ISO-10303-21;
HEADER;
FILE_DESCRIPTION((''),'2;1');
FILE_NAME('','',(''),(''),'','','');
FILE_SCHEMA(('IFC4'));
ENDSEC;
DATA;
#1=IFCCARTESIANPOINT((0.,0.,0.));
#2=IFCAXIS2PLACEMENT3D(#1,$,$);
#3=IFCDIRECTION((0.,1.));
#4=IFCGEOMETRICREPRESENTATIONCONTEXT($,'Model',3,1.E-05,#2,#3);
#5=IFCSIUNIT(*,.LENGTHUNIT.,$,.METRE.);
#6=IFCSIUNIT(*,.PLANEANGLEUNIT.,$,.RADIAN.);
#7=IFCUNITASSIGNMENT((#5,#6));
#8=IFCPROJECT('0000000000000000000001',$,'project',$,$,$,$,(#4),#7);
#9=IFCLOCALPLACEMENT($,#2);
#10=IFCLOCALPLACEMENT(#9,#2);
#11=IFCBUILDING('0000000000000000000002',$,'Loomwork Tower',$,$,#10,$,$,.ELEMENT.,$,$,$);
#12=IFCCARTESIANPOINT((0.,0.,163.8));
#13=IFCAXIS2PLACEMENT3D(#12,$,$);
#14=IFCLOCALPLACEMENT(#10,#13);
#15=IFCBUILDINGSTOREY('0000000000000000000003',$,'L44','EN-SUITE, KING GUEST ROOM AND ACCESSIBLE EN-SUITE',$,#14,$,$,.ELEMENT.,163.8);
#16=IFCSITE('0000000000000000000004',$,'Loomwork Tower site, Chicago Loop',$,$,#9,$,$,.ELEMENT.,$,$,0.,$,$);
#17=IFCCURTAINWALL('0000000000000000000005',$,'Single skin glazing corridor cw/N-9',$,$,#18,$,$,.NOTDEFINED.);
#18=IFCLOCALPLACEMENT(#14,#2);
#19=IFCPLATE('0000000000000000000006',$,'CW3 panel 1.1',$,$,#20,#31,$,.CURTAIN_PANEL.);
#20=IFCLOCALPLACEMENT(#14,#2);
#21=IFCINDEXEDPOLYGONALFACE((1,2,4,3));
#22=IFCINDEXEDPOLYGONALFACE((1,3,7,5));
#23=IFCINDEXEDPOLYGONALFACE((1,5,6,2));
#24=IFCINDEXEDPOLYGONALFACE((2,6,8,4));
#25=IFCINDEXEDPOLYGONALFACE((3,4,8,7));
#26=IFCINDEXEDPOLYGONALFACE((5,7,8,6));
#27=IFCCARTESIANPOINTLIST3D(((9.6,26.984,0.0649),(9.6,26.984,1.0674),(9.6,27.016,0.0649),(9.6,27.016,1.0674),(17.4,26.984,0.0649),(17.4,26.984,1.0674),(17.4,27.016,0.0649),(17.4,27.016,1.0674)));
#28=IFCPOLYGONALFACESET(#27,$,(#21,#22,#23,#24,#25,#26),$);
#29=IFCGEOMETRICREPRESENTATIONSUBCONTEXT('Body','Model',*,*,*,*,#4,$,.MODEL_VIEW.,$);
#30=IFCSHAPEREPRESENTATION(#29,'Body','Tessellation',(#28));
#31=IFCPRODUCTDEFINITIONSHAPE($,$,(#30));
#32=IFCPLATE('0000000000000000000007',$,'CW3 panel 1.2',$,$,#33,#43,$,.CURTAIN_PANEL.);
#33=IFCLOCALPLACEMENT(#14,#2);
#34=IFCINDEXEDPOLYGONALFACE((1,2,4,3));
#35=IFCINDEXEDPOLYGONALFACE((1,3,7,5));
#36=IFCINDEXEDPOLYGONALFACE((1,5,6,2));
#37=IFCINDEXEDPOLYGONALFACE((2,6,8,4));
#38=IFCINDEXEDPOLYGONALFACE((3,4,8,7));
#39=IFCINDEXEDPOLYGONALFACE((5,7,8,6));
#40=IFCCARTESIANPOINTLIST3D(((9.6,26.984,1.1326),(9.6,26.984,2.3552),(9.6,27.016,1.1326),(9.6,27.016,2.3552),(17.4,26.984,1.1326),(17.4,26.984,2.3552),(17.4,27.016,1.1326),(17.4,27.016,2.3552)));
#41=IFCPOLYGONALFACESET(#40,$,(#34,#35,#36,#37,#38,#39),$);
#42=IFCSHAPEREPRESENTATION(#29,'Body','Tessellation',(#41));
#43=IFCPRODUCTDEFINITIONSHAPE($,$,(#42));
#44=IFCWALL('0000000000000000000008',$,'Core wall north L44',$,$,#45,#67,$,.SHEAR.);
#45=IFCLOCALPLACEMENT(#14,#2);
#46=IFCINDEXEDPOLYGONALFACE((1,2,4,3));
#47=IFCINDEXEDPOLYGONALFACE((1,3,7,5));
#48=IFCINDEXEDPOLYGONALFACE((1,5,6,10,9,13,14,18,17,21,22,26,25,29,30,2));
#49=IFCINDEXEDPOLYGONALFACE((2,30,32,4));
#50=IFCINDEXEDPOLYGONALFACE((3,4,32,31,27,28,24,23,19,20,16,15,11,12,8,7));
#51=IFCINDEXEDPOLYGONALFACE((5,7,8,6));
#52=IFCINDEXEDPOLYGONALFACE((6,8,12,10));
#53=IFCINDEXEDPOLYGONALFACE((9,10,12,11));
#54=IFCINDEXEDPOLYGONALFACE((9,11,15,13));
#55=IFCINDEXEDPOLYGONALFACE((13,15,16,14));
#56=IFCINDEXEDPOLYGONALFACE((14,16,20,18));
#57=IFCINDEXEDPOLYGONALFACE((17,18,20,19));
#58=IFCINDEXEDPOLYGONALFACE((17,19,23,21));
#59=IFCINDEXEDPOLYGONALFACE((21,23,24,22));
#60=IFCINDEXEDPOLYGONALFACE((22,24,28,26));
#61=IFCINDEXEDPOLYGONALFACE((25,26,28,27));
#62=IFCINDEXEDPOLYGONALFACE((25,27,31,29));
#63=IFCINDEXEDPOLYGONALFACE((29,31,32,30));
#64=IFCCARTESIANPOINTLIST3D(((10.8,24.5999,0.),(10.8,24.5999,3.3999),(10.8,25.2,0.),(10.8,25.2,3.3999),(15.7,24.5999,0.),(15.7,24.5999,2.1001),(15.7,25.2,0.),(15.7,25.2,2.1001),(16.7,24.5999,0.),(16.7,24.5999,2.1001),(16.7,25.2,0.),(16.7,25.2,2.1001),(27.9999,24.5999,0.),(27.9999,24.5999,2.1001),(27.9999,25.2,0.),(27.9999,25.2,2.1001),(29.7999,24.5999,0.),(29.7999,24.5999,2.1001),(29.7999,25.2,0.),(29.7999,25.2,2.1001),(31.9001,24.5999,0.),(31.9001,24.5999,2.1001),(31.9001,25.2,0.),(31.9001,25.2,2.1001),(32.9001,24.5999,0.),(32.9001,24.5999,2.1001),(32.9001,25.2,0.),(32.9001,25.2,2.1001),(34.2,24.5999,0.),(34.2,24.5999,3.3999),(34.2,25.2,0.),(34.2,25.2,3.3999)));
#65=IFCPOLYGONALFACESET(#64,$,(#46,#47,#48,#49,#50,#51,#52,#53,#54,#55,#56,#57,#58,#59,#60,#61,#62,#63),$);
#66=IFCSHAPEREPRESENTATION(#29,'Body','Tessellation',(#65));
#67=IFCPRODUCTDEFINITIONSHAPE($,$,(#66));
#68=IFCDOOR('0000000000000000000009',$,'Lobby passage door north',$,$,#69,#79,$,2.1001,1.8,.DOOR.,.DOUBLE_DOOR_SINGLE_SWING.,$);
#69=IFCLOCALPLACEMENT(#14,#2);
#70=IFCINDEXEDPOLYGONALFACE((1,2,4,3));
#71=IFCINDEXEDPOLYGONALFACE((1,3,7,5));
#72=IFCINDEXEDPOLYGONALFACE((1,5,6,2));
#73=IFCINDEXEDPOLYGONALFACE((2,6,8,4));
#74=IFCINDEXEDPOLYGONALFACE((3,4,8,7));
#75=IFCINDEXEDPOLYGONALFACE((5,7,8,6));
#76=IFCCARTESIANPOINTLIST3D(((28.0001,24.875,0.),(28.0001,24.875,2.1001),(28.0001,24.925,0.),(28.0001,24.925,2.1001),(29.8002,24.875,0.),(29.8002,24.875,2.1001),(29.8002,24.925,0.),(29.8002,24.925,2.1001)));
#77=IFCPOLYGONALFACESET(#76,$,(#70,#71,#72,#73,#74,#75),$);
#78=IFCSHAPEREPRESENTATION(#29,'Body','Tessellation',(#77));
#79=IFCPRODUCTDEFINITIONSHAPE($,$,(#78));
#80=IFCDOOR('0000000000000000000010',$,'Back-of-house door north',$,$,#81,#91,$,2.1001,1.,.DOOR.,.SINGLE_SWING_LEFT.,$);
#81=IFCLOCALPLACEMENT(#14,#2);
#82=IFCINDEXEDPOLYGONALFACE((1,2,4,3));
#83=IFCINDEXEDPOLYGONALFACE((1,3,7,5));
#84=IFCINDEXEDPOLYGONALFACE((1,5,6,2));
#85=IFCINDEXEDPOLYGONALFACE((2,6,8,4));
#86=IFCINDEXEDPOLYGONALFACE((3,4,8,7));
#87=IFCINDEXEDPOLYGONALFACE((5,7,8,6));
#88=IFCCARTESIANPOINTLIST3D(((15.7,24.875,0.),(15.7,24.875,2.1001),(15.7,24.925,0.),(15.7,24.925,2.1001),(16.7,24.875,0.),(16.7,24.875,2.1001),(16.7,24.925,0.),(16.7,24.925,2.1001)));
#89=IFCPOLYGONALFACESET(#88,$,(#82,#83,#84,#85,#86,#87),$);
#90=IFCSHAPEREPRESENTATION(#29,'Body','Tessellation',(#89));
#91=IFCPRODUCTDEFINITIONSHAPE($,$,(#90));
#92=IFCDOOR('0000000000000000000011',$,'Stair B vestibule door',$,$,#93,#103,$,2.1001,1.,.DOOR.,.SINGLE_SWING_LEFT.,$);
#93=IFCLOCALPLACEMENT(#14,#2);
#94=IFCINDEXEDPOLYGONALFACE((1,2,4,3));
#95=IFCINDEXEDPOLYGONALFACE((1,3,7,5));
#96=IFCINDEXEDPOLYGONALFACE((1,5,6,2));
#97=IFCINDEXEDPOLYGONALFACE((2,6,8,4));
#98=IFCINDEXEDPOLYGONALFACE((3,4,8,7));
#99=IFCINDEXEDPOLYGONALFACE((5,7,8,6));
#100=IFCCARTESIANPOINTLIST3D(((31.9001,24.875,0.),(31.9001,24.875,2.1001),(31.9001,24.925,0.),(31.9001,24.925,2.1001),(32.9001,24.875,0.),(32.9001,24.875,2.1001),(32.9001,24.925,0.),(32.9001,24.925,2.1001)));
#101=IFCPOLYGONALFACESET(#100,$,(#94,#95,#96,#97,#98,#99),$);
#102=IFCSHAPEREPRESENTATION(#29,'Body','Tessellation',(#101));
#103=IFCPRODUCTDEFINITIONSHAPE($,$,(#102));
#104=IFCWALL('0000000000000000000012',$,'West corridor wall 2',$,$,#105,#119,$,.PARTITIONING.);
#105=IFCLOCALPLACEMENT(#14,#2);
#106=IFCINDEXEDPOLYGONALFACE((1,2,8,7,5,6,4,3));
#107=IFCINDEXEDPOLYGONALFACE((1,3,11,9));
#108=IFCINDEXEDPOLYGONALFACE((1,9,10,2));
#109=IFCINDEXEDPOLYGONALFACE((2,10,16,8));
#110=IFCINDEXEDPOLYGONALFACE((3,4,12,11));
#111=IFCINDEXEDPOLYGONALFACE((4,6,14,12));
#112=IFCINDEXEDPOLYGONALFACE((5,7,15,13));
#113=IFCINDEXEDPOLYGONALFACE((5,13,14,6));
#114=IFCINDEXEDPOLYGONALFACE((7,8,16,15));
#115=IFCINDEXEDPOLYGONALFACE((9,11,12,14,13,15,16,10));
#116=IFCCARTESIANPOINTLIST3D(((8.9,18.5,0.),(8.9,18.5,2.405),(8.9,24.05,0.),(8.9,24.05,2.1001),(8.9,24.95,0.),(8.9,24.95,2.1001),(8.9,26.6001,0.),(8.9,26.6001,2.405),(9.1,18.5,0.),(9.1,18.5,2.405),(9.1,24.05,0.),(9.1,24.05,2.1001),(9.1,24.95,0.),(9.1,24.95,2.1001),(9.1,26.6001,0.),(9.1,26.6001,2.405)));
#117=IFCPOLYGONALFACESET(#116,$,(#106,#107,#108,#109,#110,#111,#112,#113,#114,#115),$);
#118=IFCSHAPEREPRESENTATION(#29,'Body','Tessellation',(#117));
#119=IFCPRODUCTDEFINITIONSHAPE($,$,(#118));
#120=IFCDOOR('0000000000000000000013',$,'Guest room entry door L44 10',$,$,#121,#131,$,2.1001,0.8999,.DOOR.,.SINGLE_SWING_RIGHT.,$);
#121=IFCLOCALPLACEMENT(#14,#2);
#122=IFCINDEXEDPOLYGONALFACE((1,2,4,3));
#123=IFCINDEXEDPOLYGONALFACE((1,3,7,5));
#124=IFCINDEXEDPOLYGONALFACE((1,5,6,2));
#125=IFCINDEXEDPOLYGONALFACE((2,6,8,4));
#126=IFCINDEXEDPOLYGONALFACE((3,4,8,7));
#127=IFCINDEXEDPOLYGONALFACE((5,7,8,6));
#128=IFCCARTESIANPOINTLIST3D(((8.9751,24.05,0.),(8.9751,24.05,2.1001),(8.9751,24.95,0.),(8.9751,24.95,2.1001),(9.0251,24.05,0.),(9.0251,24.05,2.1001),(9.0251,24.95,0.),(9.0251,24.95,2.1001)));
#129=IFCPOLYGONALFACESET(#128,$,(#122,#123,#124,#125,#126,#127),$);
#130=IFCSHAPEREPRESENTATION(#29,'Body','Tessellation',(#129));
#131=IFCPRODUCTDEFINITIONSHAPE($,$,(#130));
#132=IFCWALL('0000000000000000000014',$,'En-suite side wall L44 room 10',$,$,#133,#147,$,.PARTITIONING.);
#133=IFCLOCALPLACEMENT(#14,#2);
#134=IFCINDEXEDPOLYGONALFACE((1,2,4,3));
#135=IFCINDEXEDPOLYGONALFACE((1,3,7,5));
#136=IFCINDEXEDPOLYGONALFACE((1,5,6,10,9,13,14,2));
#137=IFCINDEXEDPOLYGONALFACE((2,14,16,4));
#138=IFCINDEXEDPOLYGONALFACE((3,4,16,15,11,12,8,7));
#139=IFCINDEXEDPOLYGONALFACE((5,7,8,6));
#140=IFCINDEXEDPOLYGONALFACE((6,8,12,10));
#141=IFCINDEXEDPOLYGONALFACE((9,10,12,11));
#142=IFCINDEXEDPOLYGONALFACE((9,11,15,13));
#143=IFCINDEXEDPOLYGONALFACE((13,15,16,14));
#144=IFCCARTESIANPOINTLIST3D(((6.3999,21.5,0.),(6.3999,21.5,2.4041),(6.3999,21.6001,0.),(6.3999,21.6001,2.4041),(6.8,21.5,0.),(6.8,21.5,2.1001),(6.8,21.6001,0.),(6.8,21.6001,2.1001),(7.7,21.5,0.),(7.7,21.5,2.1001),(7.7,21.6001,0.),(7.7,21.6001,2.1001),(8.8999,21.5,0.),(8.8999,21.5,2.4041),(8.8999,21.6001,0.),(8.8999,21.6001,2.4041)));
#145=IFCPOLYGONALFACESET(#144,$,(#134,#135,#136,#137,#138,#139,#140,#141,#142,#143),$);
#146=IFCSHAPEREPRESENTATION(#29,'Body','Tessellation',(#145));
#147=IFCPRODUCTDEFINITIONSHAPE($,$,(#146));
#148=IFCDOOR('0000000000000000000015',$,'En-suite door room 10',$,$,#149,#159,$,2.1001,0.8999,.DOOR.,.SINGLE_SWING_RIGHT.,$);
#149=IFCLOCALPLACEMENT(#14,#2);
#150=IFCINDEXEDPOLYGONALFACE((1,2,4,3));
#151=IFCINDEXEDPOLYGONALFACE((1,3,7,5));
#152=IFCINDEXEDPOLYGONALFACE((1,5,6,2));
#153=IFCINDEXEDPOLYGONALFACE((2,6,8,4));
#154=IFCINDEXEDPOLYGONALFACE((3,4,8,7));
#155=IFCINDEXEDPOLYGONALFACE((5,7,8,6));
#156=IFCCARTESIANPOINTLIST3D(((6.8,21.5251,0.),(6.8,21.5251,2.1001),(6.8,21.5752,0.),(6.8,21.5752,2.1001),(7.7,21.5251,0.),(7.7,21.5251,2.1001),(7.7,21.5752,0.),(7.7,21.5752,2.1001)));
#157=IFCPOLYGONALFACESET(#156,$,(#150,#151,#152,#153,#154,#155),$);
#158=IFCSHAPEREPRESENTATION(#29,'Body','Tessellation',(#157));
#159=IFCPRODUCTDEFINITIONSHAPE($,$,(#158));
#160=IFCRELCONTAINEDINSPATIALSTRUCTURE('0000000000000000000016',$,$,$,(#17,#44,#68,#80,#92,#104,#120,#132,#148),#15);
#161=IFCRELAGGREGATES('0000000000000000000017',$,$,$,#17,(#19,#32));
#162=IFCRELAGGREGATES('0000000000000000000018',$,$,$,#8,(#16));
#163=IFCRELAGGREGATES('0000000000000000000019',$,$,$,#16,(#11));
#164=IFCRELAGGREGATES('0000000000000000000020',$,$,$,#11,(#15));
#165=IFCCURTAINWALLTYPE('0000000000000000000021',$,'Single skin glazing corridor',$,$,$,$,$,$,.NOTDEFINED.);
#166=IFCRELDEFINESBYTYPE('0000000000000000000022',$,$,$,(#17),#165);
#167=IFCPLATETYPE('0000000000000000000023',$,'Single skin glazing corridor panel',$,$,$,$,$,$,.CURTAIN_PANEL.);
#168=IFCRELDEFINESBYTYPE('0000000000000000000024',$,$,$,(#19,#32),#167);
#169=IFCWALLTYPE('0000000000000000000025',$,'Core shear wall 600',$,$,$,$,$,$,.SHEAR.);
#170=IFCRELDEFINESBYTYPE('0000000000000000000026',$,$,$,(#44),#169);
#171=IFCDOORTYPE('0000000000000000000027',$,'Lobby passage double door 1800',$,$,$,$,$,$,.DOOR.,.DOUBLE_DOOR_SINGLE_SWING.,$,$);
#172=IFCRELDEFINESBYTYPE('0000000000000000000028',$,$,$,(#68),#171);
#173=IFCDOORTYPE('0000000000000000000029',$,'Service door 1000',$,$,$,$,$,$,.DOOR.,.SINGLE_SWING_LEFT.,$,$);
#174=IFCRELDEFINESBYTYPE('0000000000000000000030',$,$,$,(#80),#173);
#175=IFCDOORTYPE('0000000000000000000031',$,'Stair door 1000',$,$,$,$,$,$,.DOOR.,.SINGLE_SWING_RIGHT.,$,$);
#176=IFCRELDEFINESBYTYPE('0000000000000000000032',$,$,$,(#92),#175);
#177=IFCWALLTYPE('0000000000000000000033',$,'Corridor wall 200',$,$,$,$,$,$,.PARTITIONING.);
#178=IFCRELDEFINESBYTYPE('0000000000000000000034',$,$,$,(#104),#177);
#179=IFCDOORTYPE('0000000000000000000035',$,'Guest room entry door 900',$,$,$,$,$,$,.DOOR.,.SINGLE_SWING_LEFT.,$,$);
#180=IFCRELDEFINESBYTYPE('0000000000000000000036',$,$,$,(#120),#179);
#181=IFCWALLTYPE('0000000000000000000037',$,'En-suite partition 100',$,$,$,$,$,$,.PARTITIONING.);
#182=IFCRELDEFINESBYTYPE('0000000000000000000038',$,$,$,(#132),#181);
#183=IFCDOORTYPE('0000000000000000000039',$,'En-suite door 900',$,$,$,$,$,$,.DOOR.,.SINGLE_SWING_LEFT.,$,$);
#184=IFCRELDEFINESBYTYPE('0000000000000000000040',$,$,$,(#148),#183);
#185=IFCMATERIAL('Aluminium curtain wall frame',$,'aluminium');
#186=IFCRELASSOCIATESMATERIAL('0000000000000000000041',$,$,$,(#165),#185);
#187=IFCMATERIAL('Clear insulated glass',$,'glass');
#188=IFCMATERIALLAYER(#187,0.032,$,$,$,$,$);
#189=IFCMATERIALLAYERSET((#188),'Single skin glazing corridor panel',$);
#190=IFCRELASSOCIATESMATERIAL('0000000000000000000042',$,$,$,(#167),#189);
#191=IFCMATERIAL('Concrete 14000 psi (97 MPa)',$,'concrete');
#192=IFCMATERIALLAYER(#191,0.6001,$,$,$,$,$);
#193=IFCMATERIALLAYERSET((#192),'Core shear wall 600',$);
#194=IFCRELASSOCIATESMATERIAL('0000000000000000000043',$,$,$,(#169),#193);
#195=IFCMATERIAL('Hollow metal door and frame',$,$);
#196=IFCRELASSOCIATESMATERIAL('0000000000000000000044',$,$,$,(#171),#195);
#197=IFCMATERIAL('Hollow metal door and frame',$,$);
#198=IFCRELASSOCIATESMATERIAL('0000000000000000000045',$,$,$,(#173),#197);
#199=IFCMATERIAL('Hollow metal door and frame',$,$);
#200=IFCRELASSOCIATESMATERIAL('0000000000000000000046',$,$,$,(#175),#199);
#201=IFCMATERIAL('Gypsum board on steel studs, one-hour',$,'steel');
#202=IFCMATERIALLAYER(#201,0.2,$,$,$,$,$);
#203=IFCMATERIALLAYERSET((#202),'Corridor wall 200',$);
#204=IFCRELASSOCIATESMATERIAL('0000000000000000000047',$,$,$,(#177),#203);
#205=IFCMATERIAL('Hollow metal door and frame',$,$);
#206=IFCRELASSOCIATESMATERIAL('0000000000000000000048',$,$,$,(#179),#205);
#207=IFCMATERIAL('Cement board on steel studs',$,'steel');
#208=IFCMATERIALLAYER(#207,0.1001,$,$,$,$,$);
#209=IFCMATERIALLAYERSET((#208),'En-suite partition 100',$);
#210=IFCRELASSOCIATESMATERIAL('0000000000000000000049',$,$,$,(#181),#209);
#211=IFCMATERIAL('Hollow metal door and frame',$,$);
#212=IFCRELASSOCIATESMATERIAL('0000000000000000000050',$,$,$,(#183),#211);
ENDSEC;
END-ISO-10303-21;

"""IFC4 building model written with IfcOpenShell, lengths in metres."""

from ifc_helpers import new_model, si_unit, direction, frame, frame_2d, origin, origin_2d, place, context, subcontext, project, spatial, rectangle, extrude, material, layer, layer_set, type_object, element, fill, aggregate, save


model = new_model("IFC4")

# Units and contexts
model_context = context("Model", 3, precision=1e-05, world=origin(), true_north=direction((0.0, 1.0)))
body_context = subcontext(model_context, "Body", "Model", "MODEL_VIEW")
ifc_project = project(units=[si_unit("LENGTHUNIT", "METRE"), si_unit("PLANEANGLEUNIT", "RADIAN")], contexts=[model_context])

# Site, building, storey
site_placement = place(None, origin())
site = spatial("IfcSite", under=ifc_project, at=site_placement, Name="Loomwork Tower site, Chicago Loop", CompositionType="ELEMENT", RefElevation=0.0)
building_placement = place(site_placement, origin())
building = spatial("IfcBuilding", under=site, at=building_placement, Name="Loomwork Tower", CompositionType="ELEMENT")
storey_placement = place(building_placement, frame((0.0, 0.0, 163.8)))
storey = spatial("IfcBuildingStorey", under=building, at=storey_placement, Name="L44", Description="EN-SUITE, KING GUEST ROOM AND ACCESSIBLE EN-SUITE", CompositionType="ELEMENT", Elevation=163.8)

# Shared definitions
ifc_material_1 = material(Name="Aluminium curtain wall frame", Category="aluminium")
curtain_wall_type = type_object("IfcCurtainWallType", Name="Single skin glazing corridor", PredefinedType="NOTDEFINED", material=ifc_material_1)

# Curtain wall, plates
curtain_wall_1_placement = place(storey_placement, origin())
curtain_wall_1 = element("IfcCurtainWall", 1, at=curtain_wall_1_placement, inside=storey, type_object=curtain_wall_type, Name="Single skin glazing corridor cw/N-9", PredefinedType="NOTDEFINED")
ifc_material_2 = material(Name="Clear insulated glass", Category="glass")
ifc_layer_1 = layer(ifc_material_2, 0.032)
ifc_layer_set_1 = layer_set([ifc_layer_1], Name="Single skin glazing corridor panel")
plate_type = type_object("IfcPlateType", Name="Single skin glazing corridor panel", PredefinedType="CURTAIN_PANEL", material=ifc_layer_set_1)
plate_1_placement = place(storey_placement, frame((13.5, 27.0, 0.0649), z_axis=(0.0, 0.0, 1.0), x_axis=(-1.0, 0.0, 0.0)))
plate_1 = element("IfcPlate", 2, at=plate_1_placement, type_object=plate_type, Name="CW3 panel 1.1", PredefinedType="CURTAIN_PANEL", context=body_context, shape_type="SweptSolid", body=[
    extrude(rectangle(XDim=7.8, YDim=0.032, at=origin_2d()), origin(), (0.0, 0.0, 1.0), 1.0024),
])
plate_2_placement = place(storey_placement, frame((13.5, 27.0, 1.1326), z_axis=(0.0, 0.0, 1.0), x_axis=(-1.0, 0.0, 0.0)))
plate_2 = element("IfcPlate", 3, at=plate_2_placement, type_object=plate_type, Name="CW3 panel 1.2", PredefinedType="CURTAIN_PANEL", context=body_context, shape_type="SweptSolid", body=[
    extrude(rectangle(XDim=7.8, YDim=0.032, at=origin_2d()), origin(), (0.0, 0.0, 1.0), 1.2227),
])
aggregate(curtain_wall_1, [plate_1, plate_2])

# Wall, openings, doors
ifc_material_3 = material(Name="Concrete 14000 psi (97 MPa)", Category="concrete")
ifc_layer_2 = layer(ifc_material_3, 0.6001)
ifc_layer_set_2 = layer_set([ifc_layer_2], Name="Core shear wall 600")
wall_type_1 = type_object("IfcWallType", Name="Core shear wall 600", PredefinedType="SHEAR", material=ifc_layer_set_2)
wall_1_placement = place(storey_placement, frame((10.8, 24.8999, 0.0), z_axis=(0.0, 0.0, 1.0), x_axis=(1.0, 0.0, 0.0)))
wall_1 = element("IfcWall", 4, at=wall_1_placement, inside=storey, type_object=wall_type_1, Name="Core wall north L44", PredefinedType="SHEAR", context=body_context, shape_type="SweptSolid", body=[
    extrude(rectangle(XDim=23.3999, YDim=0.6001, at=frame_2d((11.7, 0.0))), origin(), (0.0, 0.0, 1.0), 3.3999),
])
opening_1_placement = place(wall_1_placement, frame((17.2, 0.0, 0.0)))
opening_1 = element("IfcOpeningElement", 5, at=opening_1_placement, cuts=wall_1, PredefinedType="OPENING", context=body_context, shape_type="SweptSolid", body=[
    extrude(rectangle(XDim=1.8, YDim=2.1001, at=frame_2d((0.8999, 1.05))), frame((0.0, 0.3101, 0.0), z_axis=(0.0, -1.0, 0.0), x_axis=(1.0, 0.0, 0.0)), (0.0, 0.0, 1.0), 0.6201),
])
opening_2_placement = place(wall_1_placement, frame((21.1001, 0.0, 0.0)))
opening_2 = element("IfcOpeningElement", 6, at=opening_2_placement, cuts=wall_1, PredefinedType="OPENING", context=body_context, shape_type="SweptSolid", body=[
    extrude(rectangle(XDim=1.0, YDim=2.1001, at=frame_2d((0.5, 1.05))), frame((0.0, 0.3101, 0.0), z_axis=(0.0, -1.0, 0.0), x_axis=(1.0, 0.0, 0.0)), (0.0, 0.0, 1.0), 0.6201),
])
opening_3_placement = place(wall_1_placement, frame((4.8999, 0.0, 0.0)))
opening_3 = element("IfcOpeningElement", 7, at=opening_3_placement, cuts=wall_1, PredefinedType="OPENING", context=body_context, shape_type="SweptSolid", body=[
    extrude(rectangle(XDim=1.0, YDim=2.1001, at=frame_2d((0.5, 1.05))), frame((0.0, 0.3101, 0.0), z_axis=(0.0, -1.0, 0.0), x_axis=(1.0, 0.0, 0.0)), (0.0, 0.0, 1.0), 0.6201),
])
ifc_material_4 = material(Name="Hollow metal door and frame")
door_type_1 = type_object("IfcDoorType", Name="Lobby passage double door 1800", OperationType="DOUBLE_DOOR_SINGLE_SWING", PredefinedType="DOOR", material=ifc_material_4)
door_1_placement = place(opening_1_placement, frame((1.8, 0.0, 0.0), z_axis=(0.0, 0.0, 1.0), x_axis=(-1.0, 0.0, 0.0)))
door_1 = element("IfcDoor", 8, at=door_1_placement, inside=storey, type_object=door_type_1, Name="Lobby passage door north", OperationType="DOUBLE_DOOR_SINGLE_SWING", OverallHeight=2.1001, OverallWidth=1.8, PredefinedType="DOOR", context=body_context, shape_type="SweptSolid", body=[
    extrude(rectangle(XDim=1.8, YDim=2.1001, at=frame_2d((0.8999, 1.05))), frame((0.0, 0.0249, 0.0), z_axis=(0.0, -1.0, 0.0), x_axis=(1.0, 0.0, 0.0)), (0.0, 0.0, 1.0), 0.05),
])
fill(opening_1, door_1)
ifc_material_5 = material(Name="Hollow metal door and frame")
door_type_2 = type_object("IfcDoorType", Name="Service door 1000", OperationType="SINGLE_SWING_LEFT", PredefinedType="DOOR", material=ifc_material_5)
door_2_placement = place(opening_3_placement, frame((1.0, 0.0, 0.0), z_axis=(0.0, 0.0, 1.0), x_axis=(-1.0, 0.0, 0.0)))
door_2 = element("IfcDoor", 9, at=door_2_placement, inside=storey, type_object=door_type_2, Name="Back-of-house door north", OperationType="SINGLE_SWING_LEFT", OverallHeight=2.1001, OverallWidth=1.0, PredefinedType="DOOR", context=body_context, shape_type="SweptSolid", body=[
    extrude(rectangle(XDim=1.0, YDim=2.1001, at=frame_2d((0.5, 1.05))), frame((0.0, 0.0249, 0.0), z_axis=(0.0, -1.0, 0.0), x_axis=(1.0, 0.0, 0.0)), (0.0, 0.0, 1.0), 0.05),
])
fill(opening_3, door_2)
ifc_material_6 = material(Name="Hollow metal door and frame")
door_type_3 = type_object("IfcDoorType", Name="Stair door 1000", OperationType="SINGLE_SWING_RIGHT", PredefinedType="DOOR", material=ifc_material_6)
door_3_placement = place(opening_2_placement, frame((1.0, 0.0, 0.0), z_axis=(0.0, 0.0, 1.0), x_axis=(-1.0, 0.0, 0.0)))
door_3 = element("IfcDoor", 10, at=door_3_placement, inside=storey, type_object=door_type_3, Name="Stair B vestibule door", OperationType="SINGLE_SWING_LEFT", OverallHeight=2.1001, OverallWidth=1.0, PredefinedType="DOOR", context=body_context, shape_type="SweptSolid", body=[
    extrude(rectangle(XDim=1.0, YDim=2.1001, at=frame_2d((0.5, 1.05))), frame((0.0, 0.0249, 0.0), z_axis=(0.0, -1.0, 0.0), x_axis=(1.0, 0.0, 0.0)), (0.0, 0.0, 1.0), 0.05),
])
fill(opening_2, door_3)

# Walls, openings, doors
ifc_material_7 = material(Name="Gypsum board on steel studs, one-hour", Category="steel")
ifc_layer_3 = layer(ifc_material_7, 0.2)
ifc_layer_set_3 = layer_set([ifc_layer_3], Name="Corridor wall 200")
wall_type_2 = type_object("IfcWallType", Name="Corridor wall 200", PredefinedType="PARTITIONING", material=ifc_layer_set_3)
wall_2_placement = place(storey_placement, frame((9.0, 18.5, 0.0), z_axis=(0.0, 0.0, 1.0), x_axis=(0.0, 1.0, 0.0)))
wall_2 = element("IfcWall", 11, at=wall_2_placement, inside=storey, type_object=wall_type_2, Name="West corridor wall 2", PredefinedType="PARTITIONING", context=body_context, shape_type="SweptSolid", body=[
    extrude(rectangle(XDim=8.1001, YDim=0.2, at=frame_2d((4.05, 0.0))), origin(), (0.0, 0.0, 1.0), 2.405),
])
opening_4_placement = place(wall_2_placement, frame((5.55, 0.0, 0.0)))
opening_4 = element("IfcOpeningElement", 12, at=opening_4_placement, cuts=wall_2, PredefinedType="OPENING", context=body_context, shape_type="SweptSolid", body=[
    extrude(rectangle(XDim=0.8999, YDim=2.1001, at=frame_2d((0.45, 1.05))), frame((0.0, 0.1099, 0.0), z_axis=(0.0, -1.0, 0.0), x_axis=(1.0, 0.0, 0.0)), (0.0, 0.0, 1.0), 0.22),
])
ifc_material_8 = material(Name="Hollow metal door and frame")
door_type_4 = type_object("IfcDoorType", Name="Guest room entry door 900", OperationType="SINGLE_SWING_LEFT", PredefinedType="DOOR", material=ifc_material_8)
door_4_placement = place(opening_4_placement, origin())
door_4 = element("IfcDoor", 13, at=door_4_placement, inside=storey, type_object=door_type_4, Name="Guest room entry door L44 10", OperationType="SINGLE_SWING_RIGHT", OverallHeight=2.1001, OverallWidth=0.8999, PredefinedType="DOOR", context=body_context, shape_type="SweptSolid", body=[
    extrude(rectangle(XDim=0.8999, YDim=2.1001, at=frame_2d((0.45, 1.05))), frame((0.0, 0.0249, 0.0), z_axis=(0.0, -1.0, 0.0), x_axis=(1.0, 0.0, 0.0)), (0.0, 0.0, 1.0), 0.05),
])
fill(opening_4, door_4)
ifc_material_9 = material(Name="Cement board on steel studs", Category="steel")
ifc_layer_4 = layer(ifc_material_9, 0.1001)
ifc_layer_set_4 = layer_set([ifc_layer_4], Name="En-suite partition 100")
wall_type_3 = type_object("IfcWallType", Name="En-suite partition 100", PredefinedType="PARTITIONING", material=ifc_layer_set_4)
wall_3_placement = place(storey_placement, frame((8.8999, 21.55, 0.0), z_axis=(0.0, 0.0, 1.0), x_axis=(-1.0, 0.0, 0.0)))
wall_3 = element("IfcWall", 14, at=wall_3_placement, inside=storey, type_object=wall_type_3, Name="En-suite side wall L44 room 10", PredefinedType="PARTITIONING", context=body_context, shape_type="SweptSolid", body=[
    extrude(rectangle(XDim=2.5, YDim=0.1001, at=frame_2d((1.25, 0.0))), origin(), (0.0, 0.0, 1.0), 2.4041),
])
opening_5_placement = place(wall_3_placement, frame((1.2, 0.0, 0.0)))
opening_5 = element("IfcOpeningElement", 15, at=opening_5_placement, cuts=wall_3, PredefinedType="OPENING", context=body_context, shape_type="SweptSolid", body=[
    extrude(rectangle(XDim=0.8999, YDim=2.1001, at=frame_2d((0.45, 1.05))), frame((0.0, 0.0601, 0.0), z_axis=(0.0, -1.0, 0.0), x_axis=(1.0, 0.0, 0.0)), (0.0, 0.0, 1.0), 0.1201),
])
ifc_material_10 = material(Name="Hollow metal door and frame")
door_type_5 = type_object("IfcDoorType", Name="En-suite door 900", OperationType="SINGLE_SWING_LEFT", PredefinedType="DOOR", material=ifc_material_10)
door_5_placement = place(opening_5_placement, origin())
door_5 = element("IfcDoor", 16, at=door_5_placement, inside=storey, type_object=door_type_5, Name="En-suite door room 10", OperationType="SINGLE_SWING_RIGHT", OverallHeight=2.1001, OverallWidth=0.8999, PredefinedType="DOOR", context=body_context, shape_type="SweptSolid", body=[
    extrude(rectangle(XDim=0.8999, YDim=2.1001, at=frame_2d((0.45, 1.05))), frame((0.0, 0.0249, 0.0), z_axis=(0.0, -1.0, 0.0), x_axis=(1.0, 0.0, 0.0)), (0.0, 0.0, 1.0), 0.05),
])
fill(opening_5, door_5)

save(model, "model.ifc")
